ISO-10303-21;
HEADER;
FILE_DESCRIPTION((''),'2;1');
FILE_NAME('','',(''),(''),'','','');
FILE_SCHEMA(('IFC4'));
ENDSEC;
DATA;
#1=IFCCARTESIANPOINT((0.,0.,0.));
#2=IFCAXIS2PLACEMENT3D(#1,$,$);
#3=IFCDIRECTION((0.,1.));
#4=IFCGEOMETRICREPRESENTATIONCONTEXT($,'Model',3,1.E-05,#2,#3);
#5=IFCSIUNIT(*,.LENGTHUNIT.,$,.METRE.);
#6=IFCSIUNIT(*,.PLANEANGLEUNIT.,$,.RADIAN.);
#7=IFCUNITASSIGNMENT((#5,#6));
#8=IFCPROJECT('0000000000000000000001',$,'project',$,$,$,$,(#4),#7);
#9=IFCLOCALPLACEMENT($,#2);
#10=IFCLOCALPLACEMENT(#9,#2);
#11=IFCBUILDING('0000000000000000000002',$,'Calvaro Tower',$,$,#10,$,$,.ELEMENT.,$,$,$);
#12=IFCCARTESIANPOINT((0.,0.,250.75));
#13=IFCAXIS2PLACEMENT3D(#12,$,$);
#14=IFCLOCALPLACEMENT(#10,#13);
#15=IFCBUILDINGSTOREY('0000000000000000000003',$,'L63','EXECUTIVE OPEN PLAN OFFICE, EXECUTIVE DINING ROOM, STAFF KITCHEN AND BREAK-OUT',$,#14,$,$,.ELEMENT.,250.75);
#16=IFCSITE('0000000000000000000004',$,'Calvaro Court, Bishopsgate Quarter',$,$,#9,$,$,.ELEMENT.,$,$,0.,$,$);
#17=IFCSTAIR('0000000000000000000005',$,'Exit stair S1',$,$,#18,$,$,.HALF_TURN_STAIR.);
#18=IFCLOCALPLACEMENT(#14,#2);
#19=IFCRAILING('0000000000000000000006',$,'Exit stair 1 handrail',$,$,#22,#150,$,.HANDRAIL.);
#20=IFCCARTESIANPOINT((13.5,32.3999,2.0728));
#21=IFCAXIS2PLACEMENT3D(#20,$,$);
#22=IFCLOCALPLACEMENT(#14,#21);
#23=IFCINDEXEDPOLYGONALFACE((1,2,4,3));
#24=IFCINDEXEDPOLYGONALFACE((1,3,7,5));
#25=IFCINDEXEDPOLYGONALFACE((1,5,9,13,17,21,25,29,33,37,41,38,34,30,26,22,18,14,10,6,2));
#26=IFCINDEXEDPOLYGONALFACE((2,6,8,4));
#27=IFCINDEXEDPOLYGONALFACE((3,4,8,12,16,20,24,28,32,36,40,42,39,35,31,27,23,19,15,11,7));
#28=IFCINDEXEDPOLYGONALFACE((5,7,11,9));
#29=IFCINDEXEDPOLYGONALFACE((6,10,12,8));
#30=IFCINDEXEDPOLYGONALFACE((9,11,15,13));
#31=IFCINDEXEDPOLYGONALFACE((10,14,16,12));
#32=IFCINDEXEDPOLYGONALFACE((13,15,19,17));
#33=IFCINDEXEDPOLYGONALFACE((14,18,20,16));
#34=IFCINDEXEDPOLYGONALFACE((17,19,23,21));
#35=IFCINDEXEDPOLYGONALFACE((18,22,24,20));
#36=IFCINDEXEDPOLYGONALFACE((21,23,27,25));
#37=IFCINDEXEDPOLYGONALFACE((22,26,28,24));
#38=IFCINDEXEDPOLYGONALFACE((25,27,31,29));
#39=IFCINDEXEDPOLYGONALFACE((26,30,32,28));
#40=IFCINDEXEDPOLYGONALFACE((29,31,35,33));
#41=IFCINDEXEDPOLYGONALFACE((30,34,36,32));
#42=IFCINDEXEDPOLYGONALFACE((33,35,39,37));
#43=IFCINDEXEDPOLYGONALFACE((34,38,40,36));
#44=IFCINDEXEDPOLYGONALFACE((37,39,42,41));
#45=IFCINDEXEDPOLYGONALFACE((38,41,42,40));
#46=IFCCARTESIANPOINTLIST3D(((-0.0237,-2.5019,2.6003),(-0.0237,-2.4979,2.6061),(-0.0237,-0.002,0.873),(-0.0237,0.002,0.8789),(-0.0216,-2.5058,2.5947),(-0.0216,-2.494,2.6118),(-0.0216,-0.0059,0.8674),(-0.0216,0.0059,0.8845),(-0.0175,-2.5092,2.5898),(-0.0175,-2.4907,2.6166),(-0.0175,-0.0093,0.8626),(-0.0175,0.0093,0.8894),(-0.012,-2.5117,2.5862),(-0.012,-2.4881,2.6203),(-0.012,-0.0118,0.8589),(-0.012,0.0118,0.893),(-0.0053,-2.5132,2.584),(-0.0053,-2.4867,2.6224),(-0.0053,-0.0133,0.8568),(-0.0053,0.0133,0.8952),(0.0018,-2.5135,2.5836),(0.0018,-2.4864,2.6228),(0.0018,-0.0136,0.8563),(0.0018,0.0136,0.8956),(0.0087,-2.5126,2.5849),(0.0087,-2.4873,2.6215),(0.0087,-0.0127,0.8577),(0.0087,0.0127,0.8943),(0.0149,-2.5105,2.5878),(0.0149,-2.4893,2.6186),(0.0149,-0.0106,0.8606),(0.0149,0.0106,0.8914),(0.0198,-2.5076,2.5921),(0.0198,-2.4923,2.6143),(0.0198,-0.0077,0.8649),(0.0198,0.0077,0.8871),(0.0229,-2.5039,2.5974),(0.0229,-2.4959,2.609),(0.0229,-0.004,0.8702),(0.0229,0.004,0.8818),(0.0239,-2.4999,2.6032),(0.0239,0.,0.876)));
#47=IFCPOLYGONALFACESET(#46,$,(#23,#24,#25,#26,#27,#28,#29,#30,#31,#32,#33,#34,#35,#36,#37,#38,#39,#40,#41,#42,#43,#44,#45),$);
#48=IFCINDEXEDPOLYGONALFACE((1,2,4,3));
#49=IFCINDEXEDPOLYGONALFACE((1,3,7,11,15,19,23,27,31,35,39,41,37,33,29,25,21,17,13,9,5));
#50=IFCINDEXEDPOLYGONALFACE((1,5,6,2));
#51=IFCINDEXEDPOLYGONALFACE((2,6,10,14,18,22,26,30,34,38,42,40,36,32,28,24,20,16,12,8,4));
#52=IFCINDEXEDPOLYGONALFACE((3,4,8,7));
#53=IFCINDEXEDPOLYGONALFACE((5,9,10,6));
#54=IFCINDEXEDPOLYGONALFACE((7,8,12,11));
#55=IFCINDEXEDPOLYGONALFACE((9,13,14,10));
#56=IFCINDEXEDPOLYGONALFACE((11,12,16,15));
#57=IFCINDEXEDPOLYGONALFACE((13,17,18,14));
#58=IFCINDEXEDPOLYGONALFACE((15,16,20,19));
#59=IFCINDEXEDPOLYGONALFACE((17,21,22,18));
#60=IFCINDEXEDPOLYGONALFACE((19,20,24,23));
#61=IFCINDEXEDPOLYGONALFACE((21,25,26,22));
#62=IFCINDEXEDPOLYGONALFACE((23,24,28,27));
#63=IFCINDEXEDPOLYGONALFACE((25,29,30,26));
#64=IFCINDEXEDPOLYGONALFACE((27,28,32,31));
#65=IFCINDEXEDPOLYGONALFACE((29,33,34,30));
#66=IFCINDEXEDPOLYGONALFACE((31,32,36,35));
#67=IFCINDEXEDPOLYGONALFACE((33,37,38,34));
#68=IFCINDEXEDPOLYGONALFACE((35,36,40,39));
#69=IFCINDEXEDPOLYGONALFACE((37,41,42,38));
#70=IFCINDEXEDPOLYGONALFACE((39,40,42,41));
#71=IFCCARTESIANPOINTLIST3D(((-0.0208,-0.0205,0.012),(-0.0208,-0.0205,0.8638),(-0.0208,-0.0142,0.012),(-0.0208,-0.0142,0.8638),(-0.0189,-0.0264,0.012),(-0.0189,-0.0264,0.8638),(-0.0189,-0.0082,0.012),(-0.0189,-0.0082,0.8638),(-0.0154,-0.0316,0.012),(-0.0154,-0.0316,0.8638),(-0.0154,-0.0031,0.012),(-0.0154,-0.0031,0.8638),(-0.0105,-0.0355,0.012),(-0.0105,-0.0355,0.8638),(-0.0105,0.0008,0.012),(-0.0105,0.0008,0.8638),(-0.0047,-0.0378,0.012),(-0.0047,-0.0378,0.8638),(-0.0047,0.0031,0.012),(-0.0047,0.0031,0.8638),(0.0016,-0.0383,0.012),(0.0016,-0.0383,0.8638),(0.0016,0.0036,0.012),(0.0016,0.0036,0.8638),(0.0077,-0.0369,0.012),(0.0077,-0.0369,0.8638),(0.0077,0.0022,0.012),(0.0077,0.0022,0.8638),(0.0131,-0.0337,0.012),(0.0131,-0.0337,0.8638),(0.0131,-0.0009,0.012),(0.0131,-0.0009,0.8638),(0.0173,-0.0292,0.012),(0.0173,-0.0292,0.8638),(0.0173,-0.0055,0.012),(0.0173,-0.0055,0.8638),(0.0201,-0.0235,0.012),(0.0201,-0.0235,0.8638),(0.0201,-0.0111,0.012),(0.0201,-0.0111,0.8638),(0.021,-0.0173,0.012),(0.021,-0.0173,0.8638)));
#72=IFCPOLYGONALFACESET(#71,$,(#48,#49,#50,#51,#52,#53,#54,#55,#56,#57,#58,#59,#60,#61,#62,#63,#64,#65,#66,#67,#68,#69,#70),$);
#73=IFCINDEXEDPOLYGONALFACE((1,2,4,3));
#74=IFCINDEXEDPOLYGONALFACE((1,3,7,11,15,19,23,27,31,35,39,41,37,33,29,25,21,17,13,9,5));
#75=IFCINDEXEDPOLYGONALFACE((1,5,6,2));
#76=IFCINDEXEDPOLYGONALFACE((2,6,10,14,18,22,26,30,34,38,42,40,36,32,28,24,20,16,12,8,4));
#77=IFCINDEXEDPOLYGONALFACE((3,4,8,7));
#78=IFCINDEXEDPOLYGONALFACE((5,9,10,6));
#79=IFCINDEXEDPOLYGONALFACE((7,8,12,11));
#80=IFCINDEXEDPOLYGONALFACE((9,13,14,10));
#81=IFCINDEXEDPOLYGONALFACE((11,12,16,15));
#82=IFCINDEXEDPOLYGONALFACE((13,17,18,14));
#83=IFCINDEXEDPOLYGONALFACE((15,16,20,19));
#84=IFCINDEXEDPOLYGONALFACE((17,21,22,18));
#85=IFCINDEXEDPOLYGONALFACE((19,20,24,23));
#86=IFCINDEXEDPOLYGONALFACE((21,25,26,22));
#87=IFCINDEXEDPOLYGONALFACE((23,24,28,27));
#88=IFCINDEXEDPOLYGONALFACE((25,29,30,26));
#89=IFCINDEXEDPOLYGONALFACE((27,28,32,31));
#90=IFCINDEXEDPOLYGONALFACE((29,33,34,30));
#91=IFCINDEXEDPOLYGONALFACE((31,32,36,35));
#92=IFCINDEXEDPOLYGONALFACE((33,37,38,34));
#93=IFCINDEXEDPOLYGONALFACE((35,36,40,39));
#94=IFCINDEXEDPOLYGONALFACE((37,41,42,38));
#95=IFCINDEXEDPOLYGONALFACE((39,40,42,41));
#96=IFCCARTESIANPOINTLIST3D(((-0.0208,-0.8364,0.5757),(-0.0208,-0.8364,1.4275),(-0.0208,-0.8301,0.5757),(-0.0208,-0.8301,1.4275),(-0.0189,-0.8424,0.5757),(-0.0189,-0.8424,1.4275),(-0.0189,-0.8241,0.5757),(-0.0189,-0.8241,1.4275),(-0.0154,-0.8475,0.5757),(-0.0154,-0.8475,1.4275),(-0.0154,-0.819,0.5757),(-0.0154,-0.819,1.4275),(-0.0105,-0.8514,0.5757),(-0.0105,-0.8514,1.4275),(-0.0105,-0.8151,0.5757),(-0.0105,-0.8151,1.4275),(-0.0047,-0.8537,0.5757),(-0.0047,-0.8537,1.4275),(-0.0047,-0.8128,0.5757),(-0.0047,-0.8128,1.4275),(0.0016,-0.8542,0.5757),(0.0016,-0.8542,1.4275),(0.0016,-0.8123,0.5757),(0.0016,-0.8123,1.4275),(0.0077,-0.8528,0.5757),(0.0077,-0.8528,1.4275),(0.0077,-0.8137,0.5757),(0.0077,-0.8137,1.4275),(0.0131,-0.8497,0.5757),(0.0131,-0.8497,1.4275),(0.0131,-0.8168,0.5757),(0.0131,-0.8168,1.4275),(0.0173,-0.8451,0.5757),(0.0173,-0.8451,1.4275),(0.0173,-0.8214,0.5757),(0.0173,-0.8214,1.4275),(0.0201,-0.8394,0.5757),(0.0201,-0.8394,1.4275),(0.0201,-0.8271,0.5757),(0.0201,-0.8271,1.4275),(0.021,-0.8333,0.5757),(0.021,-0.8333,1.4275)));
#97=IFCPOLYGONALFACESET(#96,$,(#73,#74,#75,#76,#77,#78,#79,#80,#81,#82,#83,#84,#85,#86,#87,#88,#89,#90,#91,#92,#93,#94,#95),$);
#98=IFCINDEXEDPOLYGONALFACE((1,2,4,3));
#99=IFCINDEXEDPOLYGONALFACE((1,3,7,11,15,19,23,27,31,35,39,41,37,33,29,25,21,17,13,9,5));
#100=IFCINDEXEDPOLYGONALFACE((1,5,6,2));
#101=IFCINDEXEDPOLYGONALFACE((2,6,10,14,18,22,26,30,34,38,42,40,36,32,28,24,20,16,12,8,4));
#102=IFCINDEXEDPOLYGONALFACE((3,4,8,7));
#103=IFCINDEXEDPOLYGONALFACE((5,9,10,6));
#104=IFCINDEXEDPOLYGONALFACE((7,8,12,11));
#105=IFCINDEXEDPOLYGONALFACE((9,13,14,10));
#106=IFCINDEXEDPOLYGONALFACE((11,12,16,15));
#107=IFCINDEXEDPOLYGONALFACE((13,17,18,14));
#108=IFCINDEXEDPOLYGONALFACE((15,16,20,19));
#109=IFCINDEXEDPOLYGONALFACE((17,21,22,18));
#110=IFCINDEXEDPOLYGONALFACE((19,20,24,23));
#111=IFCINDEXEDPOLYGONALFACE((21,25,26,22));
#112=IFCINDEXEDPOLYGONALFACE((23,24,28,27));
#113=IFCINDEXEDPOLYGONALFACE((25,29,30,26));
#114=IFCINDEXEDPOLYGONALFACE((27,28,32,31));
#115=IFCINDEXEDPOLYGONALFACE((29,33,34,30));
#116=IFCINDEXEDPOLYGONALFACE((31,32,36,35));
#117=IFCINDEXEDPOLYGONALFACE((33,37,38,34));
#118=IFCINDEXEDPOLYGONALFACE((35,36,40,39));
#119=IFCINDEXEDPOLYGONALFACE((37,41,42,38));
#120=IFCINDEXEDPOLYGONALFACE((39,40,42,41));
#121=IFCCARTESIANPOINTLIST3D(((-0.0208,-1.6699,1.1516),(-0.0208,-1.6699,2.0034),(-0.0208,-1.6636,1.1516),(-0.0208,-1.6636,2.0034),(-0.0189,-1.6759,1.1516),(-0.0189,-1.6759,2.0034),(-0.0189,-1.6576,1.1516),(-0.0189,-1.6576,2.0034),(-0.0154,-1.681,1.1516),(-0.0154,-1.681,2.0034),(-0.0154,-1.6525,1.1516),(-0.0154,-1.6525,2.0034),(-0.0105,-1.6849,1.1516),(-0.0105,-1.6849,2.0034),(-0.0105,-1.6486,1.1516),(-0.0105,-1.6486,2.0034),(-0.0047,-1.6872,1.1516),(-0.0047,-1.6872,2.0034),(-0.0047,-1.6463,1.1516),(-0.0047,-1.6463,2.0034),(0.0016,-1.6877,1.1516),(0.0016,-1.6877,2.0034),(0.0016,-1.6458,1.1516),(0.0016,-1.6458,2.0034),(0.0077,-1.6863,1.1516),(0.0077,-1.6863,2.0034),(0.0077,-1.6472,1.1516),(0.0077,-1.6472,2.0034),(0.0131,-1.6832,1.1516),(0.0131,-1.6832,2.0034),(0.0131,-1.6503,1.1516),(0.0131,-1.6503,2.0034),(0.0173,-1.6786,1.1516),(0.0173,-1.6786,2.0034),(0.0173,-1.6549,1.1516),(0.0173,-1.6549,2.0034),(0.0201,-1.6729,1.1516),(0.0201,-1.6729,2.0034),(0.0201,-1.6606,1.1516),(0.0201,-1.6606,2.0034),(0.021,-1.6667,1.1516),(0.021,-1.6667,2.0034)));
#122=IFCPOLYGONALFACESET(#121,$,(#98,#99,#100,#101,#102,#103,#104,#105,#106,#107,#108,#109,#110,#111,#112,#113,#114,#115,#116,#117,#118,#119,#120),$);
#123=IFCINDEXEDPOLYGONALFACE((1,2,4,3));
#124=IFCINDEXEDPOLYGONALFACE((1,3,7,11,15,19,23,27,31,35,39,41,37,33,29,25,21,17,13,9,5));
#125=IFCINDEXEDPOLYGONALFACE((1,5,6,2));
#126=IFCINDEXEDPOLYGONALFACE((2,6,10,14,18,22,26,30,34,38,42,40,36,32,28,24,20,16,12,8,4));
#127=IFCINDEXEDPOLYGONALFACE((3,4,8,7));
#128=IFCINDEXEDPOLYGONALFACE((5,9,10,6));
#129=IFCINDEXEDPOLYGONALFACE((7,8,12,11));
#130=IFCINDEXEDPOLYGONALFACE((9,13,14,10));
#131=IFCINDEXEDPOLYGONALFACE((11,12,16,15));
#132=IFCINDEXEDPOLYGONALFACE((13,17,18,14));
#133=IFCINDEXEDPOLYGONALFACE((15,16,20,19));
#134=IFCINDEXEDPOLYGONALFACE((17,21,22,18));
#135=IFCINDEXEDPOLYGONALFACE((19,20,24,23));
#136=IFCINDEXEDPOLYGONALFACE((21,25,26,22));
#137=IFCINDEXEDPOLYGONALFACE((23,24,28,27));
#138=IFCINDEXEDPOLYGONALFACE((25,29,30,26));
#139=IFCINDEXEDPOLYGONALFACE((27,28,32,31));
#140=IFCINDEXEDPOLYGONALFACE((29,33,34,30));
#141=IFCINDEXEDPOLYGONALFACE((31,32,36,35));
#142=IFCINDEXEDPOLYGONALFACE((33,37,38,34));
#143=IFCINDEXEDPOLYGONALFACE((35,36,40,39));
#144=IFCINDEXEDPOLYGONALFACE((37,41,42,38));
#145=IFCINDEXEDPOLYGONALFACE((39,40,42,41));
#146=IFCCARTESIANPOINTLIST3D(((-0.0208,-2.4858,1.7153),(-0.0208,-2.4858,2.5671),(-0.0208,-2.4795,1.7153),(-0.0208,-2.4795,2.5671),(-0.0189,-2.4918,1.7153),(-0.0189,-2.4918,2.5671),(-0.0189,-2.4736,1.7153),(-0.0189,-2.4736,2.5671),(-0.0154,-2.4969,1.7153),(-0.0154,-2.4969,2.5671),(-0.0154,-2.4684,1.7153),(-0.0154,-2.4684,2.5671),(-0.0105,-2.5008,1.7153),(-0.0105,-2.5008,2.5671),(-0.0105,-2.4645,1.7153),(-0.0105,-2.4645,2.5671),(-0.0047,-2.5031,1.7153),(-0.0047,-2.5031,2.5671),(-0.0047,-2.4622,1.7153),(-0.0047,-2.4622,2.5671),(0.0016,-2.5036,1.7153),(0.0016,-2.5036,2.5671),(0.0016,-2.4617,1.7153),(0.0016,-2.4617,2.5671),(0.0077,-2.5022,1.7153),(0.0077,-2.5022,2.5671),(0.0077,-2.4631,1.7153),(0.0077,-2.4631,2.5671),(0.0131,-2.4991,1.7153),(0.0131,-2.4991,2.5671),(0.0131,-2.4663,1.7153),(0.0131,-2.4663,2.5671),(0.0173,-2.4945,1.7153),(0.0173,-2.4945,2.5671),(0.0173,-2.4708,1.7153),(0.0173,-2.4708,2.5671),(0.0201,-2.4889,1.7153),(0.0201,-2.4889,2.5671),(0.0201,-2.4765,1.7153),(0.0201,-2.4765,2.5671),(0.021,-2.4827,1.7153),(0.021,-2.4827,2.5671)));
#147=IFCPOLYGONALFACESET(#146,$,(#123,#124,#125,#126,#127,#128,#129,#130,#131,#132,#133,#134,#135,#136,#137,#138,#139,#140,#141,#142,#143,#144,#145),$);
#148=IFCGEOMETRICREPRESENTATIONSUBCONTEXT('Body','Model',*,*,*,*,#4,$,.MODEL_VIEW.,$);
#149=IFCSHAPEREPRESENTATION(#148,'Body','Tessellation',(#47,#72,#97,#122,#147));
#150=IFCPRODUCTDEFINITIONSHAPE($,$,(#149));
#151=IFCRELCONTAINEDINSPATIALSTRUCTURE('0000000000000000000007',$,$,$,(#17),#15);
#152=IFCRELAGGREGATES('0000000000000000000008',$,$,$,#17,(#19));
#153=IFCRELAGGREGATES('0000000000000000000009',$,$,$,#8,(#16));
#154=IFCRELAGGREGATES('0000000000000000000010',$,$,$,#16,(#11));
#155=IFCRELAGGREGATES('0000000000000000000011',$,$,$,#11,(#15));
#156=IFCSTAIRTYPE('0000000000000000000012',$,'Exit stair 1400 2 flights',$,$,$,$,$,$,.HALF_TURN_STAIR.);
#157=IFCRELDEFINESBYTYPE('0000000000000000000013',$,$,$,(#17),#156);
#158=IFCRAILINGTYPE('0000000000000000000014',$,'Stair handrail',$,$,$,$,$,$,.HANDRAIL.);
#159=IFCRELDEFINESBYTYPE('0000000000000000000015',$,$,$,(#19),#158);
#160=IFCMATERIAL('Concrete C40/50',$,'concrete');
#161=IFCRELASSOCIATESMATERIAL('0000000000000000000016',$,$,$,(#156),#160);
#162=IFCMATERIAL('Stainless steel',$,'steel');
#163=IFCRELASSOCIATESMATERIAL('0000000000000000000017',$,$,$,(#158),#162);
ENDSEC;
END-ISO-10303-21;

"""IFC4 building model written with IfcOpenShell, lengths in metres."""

from ifc_helpers import new_model, si_unit, direction, frame, origin, origin_2d, place, context, subcontext, project, spatial, circle, extrude, material, type_object, element, aggregate, save


model = new_model("IFC4")

# Units and contexts
model_context = context("Model", 3, precision=1e-05, world=origin(), true_north=direction((0.0, 1.0)))
body_context = subcontext(model_context, "Body", "Model", "MODEL_VIEW")
ifc_project = project(units=[si_unit("LENGTHUNIT", "METRE"), si_unit("PLANEANGLEUNIT", "RADIAN")], contexts=[model_context])

# Site, building, storey
site_placement = place(None, origin())
site = spatial("IfcSite", under=ifc_project, at=site_placement, Name="Calvaro Court, Bishopsgate Quarter", CompositionType="ELEMENT", RefElevation=0.0)
building_placement = place(site_placement, origin())
building = spatial("IfcBuilding", under=site, at=building_placement, Name="Calvaro Tower", CompositionType="ELEMENT")
storey_placement = place(building_placement, frame((0.0, 0.0, 250.75)))
storey = spatial("IfcBuildingStorey", under=building, at=storey_placement, Name="L63", Description="EXECUTIVE OPEN PLAN OFFICE, EXECUTIVE DINING ROOM, STAFF KITCHEN AND BREAK-OUT", CompositionType="ELEMENT", Elevation=250.75)

# Stair, railing
ifc_material_1 = material(Name="Concrete C40/50", Category="concrete")
stair_type = type_object("IfcStairType", Name="Exit stair 1400 2 flights", PredefinedType="HALF_TURN_STAIR", material=ifc_material_1)
stair_placement = place(storey_placement, origin())
stair = element("IfcStair", 1, at=stair_placement, inside=storey, type_object=stair_type, Name="Exit stair S1", PredefinedType="HALF_TURN_STAIR")
ifc_material_2 = material(Name="Stainless steel", Category="steel")
railing_type = type_object("IfcRailingType", Name="Stair handrail", PredefinedType="HANDRAIL", material=ifc_material_2)
railing_placement = place(storey_placement, frame((13.5, 32.3999, 2.0728)))
railing = element("IfcRailing", 2, at=railing_placement, type_object=railing_type, Name="Exit stair 1 handrail", PredefinedType="HANDRAIL", context=body_context, shape_type="SweptSolid", body=[
    extrude(circle(Radius=0.0239, at=origin_2d()), frame((0.0, 0.0, 0.876), z_axis=(0.0, -0.822727, 0.568437), x_axis=(1.0, 0.0, 0.0)), (0.0, 0.0, 1.0), 3.0386),
    extrude(circle(Radius=0.021, at=origin_2d()), frame((0.0, -0.0173, 0.012)), (0.0, 0.0, 1.0), 0.8518),
    extrude(circle(Radius=0.021, at=origin_2d()), frame((0.0, -0.8333, 0.5757)), (0.0, 0.0, 1.0), 0.8518),
    extrude(circle(Radius=0.021, at=origin_2d()), frame((0.0, -1.6667, 1.1516)), (0.0, 0.0, 1.0), 0.8518),
    extrude(circle(Radius=0.021, at=origin_2d()), frame((0.0, -2.4827, 1.7153)), (0.0, 0.0, 1.0), 0.8518),
])
aggregate(stair, [railing])

save(model, "model.ifc")
